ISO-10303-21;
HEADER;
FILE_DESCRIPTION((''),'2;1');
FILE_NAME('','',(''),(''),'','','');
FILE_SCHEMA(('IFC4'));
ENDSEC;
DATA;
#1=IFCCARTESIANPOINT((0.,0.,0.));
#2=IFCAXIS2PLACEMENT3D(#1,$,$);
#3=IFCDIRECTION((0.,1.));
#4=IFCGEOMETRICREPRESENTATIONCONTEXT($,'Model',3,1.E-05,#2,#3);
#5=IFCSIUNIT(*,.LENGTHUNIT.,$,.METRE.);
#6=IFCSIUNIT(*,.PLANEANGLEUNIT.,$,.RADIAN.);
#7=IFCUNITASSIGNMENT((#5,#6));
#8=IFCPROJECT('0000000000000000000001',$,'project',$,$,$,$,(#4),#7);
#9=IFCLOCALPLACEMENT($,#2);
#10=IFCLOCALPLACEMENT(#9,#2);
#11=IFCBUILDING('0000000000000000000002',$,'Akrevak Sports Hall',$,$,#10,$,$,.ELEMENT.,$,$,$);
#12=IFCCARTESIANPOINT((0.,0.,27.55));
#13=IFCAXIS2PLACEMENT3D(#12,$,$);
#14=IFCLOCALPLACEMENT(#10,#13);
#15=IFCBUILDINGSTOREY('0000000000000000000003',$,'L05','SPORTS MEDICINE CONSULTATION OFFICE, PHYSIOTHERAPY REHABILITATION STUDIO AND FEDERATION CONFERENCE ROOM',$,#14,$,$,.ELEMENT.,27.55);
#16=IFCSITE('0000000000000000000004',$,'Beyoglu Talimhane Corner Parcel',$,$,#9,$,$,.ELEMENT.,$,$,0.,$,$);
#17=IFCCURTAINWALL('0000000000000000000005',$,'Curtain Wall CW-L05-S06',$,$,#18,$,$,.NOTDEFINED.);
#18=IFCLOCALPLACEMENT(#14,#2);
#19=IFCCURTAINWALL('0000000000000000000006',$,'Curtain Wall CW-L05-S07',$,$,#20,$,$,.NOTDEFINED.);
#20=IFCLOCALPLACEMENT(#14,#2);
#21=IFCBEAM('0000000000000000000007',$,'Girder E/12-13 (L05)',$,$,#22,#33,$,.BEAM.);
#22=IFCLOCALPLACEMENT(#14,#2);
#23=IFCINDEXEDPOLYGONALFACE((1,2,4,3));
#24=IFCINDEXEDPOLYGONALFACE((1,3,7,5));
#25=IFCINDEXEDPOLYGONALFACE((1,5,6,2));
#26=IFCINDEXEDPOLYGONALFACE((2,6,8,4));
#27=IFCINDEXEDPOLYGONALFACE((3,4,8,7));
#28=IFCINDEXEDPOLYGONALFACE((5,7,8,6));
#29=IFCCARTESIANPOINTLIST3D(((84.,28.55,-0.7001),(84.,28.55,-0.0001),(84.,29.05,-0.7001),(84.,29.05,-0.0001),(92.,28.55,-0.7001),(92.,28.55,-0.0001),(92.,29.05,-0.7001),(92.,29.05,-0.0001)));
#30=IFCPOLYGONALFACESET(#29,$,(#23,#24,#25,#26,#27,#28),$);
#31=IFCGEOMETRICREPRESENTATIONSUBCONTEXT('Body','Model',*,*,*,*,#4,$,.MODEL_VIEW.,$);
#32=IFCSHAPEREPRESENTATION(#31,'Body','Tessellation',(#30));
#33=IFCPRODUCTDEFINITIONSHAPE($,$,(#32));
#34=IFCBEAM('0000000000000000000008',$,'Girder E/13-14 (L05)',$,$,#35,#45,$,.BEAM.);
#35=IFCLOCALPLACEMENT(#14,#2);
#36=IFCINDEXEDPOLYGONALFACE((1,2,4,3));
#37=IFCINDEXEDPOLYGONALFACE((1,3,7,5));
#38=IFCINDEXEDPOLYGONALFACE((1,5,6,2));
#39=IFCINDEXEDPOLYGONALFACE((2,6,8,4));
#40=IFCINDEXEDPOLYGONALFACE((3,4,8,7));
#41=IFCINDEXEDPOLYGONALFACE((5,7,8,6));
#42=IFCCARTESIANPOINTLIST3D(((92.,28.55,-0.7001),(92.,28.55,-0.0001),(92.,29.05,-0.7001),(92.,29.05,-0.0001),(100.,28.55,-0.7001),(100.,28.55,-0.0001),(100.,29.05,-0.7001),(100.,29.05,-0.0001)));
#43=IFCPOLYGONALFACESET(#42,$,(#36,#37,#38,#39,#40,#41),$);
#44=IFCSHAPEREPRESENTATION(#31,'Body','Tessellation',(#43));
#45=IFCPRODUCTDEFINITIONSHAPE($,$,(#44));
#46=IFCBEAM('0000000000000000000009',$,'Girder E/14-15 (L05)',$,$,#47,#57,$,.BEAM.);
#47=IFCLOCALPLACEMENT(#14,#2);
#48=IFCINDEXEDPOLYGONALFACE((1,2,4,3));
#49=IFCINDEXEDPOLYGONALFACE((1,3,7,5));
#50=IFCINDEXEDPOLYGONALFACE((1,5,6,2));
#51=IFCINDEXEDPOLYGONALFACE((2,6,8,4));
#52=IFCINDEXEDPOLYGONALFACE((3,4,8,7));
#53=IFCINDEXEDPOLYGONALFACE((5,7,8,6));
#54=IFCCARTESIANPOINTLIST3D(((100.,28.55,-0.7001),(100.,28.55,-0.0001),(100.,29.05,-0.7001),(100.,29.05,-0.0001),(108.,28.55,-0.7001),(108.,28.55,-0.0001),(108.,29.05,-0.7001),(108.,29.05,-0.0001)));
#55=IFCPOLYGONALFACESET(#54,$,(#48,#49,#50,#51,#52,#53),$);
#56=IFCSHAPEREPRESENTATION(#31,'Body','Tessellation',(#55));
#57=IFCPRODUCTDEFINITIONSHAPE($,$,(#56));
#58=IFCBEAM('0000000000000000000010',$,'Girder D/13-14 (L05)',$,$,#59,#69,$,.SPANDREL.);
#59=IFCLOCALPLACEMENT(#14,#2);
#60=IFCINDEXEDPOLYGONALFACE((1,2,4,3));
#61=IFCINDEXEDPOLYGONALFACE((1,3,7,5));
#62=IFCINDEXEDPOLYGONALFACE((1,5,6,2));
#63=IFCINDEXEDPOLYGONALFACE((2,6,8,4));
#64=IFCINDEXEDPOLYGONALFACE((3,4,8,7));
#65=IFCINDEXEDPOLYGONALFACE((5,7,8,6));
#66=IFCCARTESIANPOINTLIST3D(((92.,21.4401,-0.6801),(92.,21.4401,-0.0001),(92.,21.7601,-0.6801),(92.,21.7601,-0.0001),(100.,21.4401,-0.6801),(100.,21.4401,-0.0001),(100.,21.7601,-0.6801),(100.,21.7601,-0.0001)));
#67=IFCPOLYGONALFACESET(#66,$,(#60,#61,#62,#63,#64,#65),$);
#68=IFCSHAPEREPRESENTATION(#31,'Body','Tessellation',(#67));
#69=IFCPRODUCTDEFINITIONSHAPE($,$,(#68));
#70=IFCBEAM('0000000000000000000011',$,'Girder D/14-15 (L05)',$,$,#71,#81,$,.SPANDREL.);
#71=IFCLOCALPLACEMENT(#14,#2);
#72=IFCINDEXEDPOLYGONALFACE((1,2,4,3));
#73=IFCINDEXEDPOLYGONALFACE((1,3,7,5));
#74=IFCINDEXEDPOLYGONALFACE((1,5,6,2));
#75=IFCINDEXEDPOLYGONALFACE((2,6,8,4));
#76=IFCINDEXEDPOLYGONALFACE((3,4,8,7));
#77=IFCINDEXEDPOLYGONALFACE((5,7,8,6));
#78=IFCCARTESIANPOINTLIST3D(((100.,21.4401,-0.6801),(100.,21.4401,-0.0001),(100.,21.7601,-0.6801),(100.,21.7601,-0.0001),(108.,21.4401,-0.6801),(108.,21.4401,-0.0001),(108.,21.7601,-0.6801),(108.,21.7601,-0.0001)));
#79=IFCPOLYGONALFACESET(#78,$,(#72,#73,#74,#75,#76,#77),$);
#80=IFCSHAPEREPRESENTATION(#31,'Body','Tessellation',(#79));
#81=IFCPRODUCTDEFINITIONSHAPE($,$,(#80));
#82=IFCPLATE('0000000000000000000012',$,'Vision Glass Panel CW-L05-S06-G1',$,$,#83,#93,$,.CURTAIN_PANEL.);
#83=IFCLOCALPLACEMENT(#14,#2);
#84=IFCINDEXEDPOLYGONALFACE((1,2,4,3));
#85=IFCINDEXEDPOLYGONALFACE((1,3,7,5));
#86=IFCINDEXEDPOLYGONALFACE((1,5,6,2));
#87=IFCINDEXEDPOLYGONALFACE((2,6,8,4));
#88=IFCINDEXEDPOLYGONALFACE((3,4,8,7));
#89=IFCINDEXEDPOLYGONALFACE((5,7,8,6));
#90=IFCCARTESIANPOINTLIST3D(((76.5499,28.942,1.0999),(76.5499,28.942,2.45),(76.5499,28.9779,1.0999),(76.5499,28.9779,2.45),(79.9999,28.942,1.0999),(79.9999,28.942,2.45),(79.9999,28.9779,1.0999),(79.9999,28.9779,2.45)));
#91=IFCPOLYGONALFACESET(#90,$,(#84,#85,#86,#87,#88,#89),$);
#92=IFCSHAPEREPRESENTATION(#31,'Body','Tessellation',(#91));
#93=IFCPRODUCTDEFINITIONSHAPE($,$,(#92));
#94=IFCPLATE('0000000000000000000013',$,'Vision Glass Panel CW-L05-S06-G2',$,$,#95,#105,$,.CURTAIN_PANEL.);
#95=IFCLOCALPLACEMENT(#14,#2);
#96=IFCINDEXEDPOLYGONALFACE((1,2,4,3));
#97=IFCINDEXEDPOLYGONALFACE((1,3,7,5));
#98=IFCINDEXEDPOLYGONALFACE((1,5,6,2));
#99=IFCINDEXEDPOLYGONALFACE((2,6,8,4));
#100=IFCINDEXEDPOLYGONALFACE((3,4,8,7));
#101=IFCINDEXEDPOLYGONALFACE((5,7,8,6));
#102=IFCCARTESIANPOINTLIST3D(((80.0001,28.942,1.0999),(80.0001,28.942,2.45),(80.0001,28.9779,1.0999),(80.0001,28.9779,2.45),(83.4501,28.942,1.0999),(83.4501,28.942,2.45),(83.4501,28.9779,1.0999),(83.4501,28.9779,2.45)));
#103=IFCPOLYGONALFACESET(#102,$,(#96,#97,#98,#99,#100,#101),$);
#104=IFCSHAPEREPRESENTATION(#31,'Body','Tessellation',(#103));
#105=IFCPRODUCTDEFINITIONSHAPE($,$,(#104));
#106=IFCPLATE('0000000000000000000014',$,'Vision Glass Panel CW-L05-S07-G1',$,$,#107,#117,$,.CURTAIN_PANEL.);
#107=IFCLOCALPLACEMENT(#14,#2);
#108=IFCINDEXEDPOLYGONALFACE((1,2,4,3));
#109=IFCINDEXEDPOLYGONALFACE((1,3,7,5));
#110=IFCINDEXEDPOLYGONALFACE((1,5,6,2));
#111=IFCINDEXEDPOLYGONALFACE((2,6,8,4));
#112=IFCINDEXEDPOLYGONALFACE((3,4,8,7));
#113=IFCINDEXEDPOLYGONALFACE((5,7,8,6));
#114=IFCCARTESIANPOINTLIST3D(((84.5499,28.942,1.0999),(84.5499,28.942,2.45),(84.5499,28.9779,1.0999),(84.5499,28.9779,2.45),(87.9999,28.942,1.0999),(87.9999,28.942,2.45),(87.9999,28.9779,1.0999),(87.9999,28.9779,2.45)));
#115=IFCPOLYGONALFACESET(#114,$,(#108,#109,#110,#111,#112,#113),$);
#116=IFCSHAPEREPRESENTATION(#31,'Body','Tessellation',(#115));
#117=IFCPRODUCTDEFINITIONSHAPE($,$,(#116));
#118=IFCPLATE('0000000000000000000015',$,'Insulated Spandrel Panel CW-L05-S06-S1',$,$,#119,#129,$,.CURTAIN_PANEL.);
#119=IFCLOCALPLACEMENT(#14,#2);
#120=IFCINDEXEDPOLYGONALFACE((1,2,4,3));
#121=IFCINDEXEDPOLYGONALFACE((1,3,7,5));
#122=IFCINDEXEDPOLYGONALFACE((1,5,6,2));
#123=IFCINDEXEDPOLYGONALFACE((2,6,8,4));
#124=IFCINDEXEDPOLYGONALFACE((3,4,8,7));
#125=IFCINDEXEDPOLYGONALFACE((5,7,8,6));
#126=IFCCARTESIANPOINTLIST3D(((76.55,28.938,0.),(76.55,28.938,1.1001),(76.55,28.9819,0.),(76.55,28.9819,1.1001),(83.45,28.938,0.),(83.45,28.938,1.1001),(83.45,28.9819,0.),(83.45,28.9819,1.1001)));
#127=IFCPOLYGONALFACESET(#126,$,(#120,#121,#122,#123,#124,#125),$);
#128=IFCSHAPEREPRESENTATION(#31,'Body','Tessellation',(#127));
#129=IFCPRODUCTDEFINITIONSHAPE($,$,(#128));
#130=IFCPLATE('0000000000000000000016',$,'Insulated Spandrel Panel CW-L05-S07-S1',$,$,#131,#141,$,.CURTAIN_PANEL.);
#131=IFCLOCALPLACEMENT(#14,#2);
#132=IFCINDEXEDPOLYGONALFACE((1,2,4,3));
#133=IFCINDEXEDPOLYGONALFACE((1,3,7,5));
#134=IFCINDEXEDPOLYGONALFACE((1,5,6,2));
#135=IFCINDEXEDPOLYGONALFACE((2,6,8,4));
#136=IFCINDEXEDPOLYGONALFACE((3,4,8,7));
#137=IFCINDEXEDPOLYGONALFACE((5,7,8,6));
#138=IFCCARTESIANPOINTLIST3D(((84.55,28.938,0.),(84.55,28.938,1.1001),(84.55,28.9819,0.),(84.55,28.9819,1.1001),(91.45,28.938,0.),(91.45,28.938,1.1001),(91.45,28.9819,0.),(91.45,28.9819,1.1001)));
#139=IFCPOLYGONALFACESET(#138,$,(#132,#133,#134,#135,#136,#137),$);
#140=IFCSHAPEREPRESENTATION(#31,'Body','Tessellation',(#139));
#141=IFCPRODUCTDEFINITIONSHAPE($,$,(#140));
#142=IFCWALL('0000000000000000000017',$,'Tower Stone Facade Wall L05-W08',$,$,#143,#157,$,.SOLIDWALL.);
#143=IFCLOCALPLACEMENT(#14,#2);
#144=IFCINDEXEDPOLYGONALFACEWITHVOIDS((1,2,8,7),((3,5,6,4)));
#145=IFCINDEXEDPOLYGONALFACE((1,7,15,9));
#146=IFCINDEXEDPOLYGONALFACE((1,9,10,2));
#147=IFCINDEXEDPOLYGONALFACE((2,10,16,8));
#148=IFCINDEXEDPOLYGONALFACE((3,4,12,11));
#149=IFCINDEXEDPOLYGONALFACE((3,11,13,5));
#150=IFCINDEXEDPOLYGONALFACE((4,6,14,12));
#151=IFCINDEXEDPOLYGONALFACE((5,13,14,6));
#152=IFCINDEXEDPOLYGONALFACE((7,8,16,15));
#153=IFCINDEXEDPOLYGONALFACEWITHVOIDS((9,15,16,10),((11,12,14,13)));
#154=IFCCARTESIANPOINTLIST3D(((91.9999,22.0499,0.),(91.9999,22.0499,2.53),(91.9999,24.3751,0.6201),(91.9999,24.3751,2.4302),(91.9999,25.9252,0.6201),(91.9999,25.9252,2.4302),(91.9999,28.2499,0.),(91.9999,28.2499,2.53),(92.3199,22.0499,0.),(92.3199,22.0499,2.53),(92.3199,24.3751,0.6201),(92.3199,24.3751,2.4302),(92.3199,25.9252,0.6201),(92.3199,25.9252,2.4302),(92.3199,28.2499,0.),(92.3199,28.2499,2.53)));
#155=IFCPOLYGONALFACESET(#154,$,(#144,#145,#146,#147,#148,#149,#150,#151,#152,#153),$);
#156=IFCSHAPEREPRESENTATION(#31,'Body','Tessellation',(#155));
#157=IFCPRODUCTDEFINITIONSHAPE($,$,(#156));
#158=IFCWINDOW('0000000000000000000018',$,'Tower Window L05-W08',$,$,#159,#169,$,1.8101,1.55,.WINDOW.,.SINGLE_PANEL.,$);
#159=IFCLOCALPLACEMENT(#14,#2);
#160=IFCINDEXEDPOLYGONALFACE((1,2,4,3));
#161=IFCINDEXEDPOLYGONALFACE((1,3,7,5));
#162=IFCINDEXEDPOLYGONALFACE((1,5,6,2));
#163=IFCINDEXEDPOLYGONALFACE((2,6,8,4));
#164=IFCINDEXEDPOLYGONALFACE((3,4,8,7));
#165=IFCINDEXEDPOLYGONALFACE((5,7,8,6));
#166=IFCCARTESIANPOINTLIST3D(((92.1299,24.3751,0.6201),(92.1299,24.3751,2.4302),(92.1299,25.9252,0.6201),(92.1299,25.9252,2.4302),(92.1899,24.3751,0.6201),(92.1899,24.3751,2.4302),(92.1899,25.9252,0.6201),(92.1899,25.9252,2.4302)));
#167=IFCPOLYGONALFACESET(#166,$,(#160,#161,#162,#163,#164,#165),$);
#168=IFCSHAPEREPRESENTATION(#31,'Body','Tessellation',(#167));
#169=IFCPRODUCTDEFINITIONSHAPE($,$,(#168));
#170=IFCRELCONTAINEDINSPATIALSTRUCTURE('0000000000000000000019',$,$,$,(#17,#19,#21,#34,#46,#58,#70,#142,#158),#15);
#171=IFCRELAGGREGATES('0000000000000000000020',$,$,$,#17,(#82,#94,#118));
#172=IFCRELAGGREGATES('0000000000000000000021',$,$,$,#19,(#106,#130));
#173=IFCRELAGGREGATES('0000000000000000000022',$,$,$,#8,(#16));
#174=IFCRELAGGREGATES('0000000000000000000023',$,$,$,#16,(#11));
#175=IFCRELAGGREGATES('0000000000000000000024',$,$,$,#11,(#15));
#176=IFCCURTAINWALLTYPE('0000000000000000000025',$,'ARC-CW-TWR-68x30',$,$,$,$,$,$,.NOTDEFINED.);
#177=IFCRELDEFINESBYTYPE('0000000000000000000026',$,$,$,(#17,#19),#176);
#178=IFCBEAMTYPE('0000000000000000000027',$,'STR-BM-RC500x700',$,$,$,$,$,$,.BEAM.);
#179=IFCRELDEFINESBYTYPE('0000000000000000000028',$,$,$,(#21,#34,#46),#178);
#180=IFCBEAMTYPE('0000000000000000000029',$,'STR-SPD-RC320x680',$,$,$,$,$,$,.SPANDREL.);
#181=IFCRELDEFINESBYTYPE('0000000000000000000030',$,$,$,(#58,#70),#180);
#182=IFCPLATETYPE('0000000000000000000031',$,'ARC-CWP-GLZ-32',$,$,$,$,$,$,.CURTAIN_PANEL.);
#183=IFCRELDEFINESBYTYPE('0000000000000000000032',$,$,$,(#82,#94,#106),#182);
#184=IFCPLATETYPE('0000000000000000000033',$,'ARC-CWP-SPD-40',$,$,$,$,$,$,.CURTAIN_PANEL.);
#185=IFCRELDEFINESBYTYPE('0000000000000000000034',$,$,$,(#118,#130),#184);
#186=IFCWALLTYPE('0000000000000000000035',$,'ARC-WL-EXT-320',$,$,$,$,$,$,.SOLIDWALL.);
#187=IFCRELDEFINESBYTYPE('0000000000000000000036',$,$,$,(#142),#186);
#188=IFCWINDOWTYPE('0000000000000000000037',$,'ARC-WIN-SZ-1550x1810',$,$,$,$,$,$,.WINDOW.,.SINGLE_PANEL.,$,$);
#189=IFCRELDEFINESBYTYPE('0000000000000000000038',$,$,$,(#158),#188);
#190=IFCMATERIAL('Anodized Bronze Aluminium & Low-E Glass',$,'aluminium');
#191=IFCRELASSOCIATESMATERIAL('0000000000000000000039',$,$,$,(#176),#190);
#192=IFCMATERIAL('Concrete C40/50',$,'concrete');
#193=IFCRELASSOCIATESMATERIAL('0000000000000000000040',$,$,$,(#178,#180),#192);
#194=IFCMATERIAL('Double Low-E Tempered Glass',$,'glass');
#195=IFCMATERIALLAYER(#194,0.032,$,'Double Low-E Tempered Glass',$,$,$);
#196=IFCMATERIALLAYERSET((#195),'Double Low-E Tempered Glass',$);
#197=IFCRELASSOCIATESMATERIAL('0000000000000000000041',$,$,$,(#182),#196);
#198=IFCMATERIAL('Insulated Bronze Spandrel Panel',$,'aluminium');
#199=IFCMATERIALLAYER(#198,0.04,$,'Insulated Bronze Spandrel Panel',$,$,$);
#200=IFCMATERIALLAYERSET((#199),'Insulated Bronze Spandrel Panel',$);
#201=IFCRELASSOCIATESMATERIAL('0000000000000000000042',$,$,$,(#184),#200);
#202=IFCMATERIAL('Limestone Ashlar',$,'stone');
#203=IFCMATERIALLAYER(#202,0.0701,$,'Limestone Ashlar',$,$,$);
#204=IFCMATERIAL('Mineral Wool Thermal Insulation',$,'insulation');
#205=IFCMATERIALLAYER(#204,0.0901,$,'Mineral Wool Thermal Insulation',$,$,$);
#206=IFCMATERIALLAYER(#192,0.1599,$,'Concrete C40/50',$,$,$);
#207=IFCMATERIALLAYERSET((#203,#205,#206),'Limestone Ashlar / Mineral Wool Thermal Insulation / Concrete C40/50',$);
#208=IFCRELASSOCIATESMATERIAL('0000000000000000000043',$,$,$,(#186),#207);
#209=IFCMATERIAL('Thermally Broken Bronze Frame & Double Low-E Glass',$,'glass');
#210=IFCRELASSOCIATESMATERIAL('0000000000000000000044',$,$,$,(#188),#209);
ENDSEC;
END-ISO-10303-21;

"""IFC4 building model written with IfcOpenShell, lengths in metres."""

from ifc_helpers import new_model, si_unit, direction, frame, frame_2d, origin, origin_2d, place, context, subcontext, project, spatial, rectangle, extrude, material, layer, layer_set, material_profile, profile_set, type_object, element, fill, aggregate, save


model = new_model("IFC4")

# Units and contexts
model_context = context("Model", 3, precision=1e-05, world=origin(), true_north=direction((0.0, 1.0)))
body_context = subcontext(model_context, "Body", "Model", "MODEL_VIEW")
ifc_project = project(units=[si_unit("LENGTHUNIT", "METRE"), si_unit("PLANEANGLEUNIT", "RADIAN")], contexts=[model_context])

# Site, building, storey
site_placement = place(None, origin())
site = spatial("IfcSite", under=ifc_project, at=site_placement, Name="Beyoglu Talimhane Corner Parcel", CompositionType="ELEMENT", RefElevation=0.0)
building_placement = place(site_placement, origin())
building = spatial("IfcBuilding", under=site, at=building_placement, Name="Akrevak Sports Hall", CompositionType="ELEMENT")
storey_placement = place(building_placement, frame((0.0, 0.0, 27.55)))
storey = spatial("IfcBuildingStorey", under=building, at=storey_placement, Name="L05", Description="SPORTS MEDICINE CONSULTATION OFFICE, PHYSIOTHERAPY REHABILITATION STUDIO AND FEDERATION CONFERENCE ROOM", CompositionType="ELEMENT", Elevation=27.55)

# Shared definitions
ifc_material_1 = material(Name="Concrete C40/50", Category="concrete")

# Curtain walls
ifc_material_2 = material(Name="Anodized Bronze Aluminium & Low-E Glass", Category="aluminium")
curtain_wall_type = type_object("IfcCurtainWallType", Name="ARC-CW-TWR-68x30", PredefinedType="NOTDEFINED", material=ifc_material_2)
curtain_wall_1_placement = place(storey_placement, origin())
curtain_wall_1 = element("IfcCurtainWall", 1, at=curtain_wall_1_placement, inside=storey, type_object=curtain_wall_type, Name="Curtain Wall CW-L05-S06", PredefinedType="NOTDEFINED")
curtain_wall_2_placement = place(storey_placement, origin())
curtain_wall_2 = element("IfcCurtainWall", 2, at=curtain_wall_2_placement, inside=storey, type_object=curtain_wall_type, Name="Curtain Wall CW-L05-S07", PredefinedType="NOTDEFINED")

# Beams
ifc_material_profile_1 = material_profile(ifc_material_1, rectangle(XDim=0.5, YDim=0.7, at=origin_2d()), Name="BM 500x700", Category="concrete")
ifc_profile_set_1 = profile_set([ifc_material_profile_1], Name="Concrete C40/50")
beam_type_1 = type_object("IfcBeamType", Name="STR-BM-RC500x700", PredefinedType="BEAM", material=ifc_profile_set_1)
for number, where, z_axis, x_axis, name in (
    (3, (84.0, 28.8, -0.3501), (1.0, 0.0, 0.0), (0.0, 1.0, 0.0), "Girder E/12-13 (L05)"),
    (4, (92.0, 28.8, -0.3501), (1.0, 0.0, 0.0), (0.0, 1.0, 0.0), "Girder E/13-14 (L05)"),
    (5, (100.0, 28.8, -0.3501), (1.0, 0.0, 0.0), (0.0, 1.0, 0.0), "Girder E/14-15 (L05)"),
):
    element("IfcBeam", number, at=place(storey_placement, frame(where, z_axis=z_axis, x_axis=x_axis)), inside=storey, type_object=beam_type_1, Name=name, PredefinedType="BEAM", context=body_context, shape_type="SweptSolid", body=[
        extrude(rectangle(XDim=0.5, YDim=0.7, at=origin_2d()), origin(), (0.0, 0.0, 1.0), 8.0),
    ])
ifc_material_profile_2 = material_profile(ifc_material_1, rectangle(XDim=0.3201, YDim=0.6799, at=origin_2d()), Name="SPD 320x680", Category="concrete")
ifc_profile_set_2 = profile_set([ifc_material_profile_2], Name="Concrete C40/50")
beam_type_2 = type_object("IfcBeamType", Name="STR-SPD-RC320x680", PredefinedType="SPANDREL", material=ifc_profile_set_2)
for number, where, z_axis, x_axis, name in (
    (6, (92.0, 21.6001, -0.3401), (1.0, 0.0, 0.0), (0.0, 1.0, 0.0), "Girder D/13-14 (L05)"),
    (7, (100.0, 21.6001, -0.3401), (1.0, 0.0, 0.0), (0.0, 1.0, 0.0), "Girder D/14-15 (L05)"),
):
    element("IfcBeam", number, at=place(storey_placement, frame(where, z_axis=z_axis, x_axis=x_axis)), inside=storey, type_object=beam_type_2, Name=name, PredefinedType="SPANDREL", context=body_context, shape_type="SweptSolid", body=[
        extrude(rectangle(XDim=0.3201, YDim=0.6799, at=origin_2d()), origin(), (0.0, 0.0, 1.0), 8.0),
    ])

# Plates
ifc_material_3 = material(Name="Double Low-E Tempered Glass", Category="glass")
ifc_layer_1 = layer(ifc_material_3, 0.032, Name="Double Low-E Tempered Glass")
ifc_layer_set_1 = layer_set([ifc_layer_1], Name="Double Low-E Tempered Glass")
plate_type_1 = type_object("IfcPlateType", Name="ARC-CWP-GLZ-32", PredefinedType="CURTAIN_PANEL", material=ifc_layer_set_1)
plate_1_placement = place(storey_placement, frame((78.2749, 28.96, 1.0999), z_axis=(0.0, 0.0, 1.0), x_axis=(1.0, 0.0, 0.0)))
plate_1 = element("IfcPlate", 8, at=plate_1_placement, type_object=plate_type_1, Name="Vision Glass Panel CW-L05-S06-G1", PredefinedType="CURTAIN_PANEL", context=body_context, shape_type="SweptSolid", body=[
    extrude(rectangle(XDim=3.45, YDim=0.0359, at=origin_2d()), origin(), (0.0, 0.0, 1.0), 1.3501),
])
plate_2_placement = place(storey_placement, frame((81.7251, 28.96, 1.0999), z_axis=(0.0, 0.0, 1.0), x_axis=(1.0, 0.0, 0.0)))
plate_2 = element("IfcPlate", 9, at=plate_2_placement, type_object=plate_type_1, Name="Vision Glass Panel CW-L05-S06-G2", PredefinedType="CURTAIN_PANEL", context=body_context, shape_type="SweptSolid", body=[
    extrude(rectangle(XDim=3.45, YDim=0.0359, at=origin_2d()), origin(), (0.0, 0.0, 1.0), 1.3501),
])
plate_3_placement = place(storey_placement, frame((86.2749, 28.96, 1.0999), z_axis=(0.0, 0.0, 1.0), x_axis=(1.0, 0.0, 0.0)))
plate_3 = element("IfcPlate", 10, at=plate_3_placement, type_object=plate_type_1, Name="Vision Glass Panel CW-L05-S07-G1", PredefinedType="CURTAIN_PANEL", context=body_context, shape_type="SweptSolid", body=[
    extrude(rectangle(XDim=3.45, YDim=0.0359, at=origin_2d()), origin(), (0.0, 0.0, 1.0), 1.3501),
])
ifc_material_4 = material(Name="Insulated Bronze Spandrel Panel", Category="aluminium")
ifc_layer_2 = layer(ifc_material_4, 0.04, Name="Insulated Bronze Spandrel Panel")
ifc_layer_set_2 = layer_set([ifc_layer_2], Name="Insulated Bronze Spandrel Panel")
plate_type_2 = type_object("IfcPlateType", Name="ARC-CWP-SPD-40", PredefinedType="CURTAIN_PANEL", material=ifc_layer_set_2)
plate_4_placement = place(storey_placement, frame((80.0, 28.96, 0.0), z_axis=(0.0, 0.0, 1.0), x_axis=(1.0, 0.0, 0.0)))
plate_4 = element("IfcPlate", 11, at=plate_4_placement, type_object=plate_type_2, Name="Insulated Spandrel Panel CW-L05-S06-S1", PredefinedType="CURTAIN_PANEL", context=body_context, shape_type="SweptSolid", body=[
    extrude(rectangle(XDim=6.8999, YDim=0.0439, at=origin_2d()), origin(), (0.0, 0.0, 1.0), 1.1001),
])
aggregate(curtain_wall_1, [plate_1, plate_2, plate_4])
plate_5_placement = place(storey_placement, frame((88.0, 28.96, 0.0), z_axis=(0.0, 0.0, 1.0), x_axis=(1.0, 0.0, 0.0)))
plate_5 = element("IfcPlate", 12, at=plate_5_placement, type_object=plate_type_2, Name="Insulated Spandrel Panel CW-L05-S07-S1", PredefinedType="CURTAIN_PANEL", context=body_context, shape_type="SweptSolid", body=[
    extrude(rectangle(XDim=6.8999, YDim=0.0439, at=origin_2d()), origin(), (0.0, 0.0, 1.0), 1.1001),
])
aggregate(curtain_wall_2, [plate_3, plate_5])

# Wall, opening, window
ifc_material_5 = material(Name="Limestone Ashlar", Category="stone")
ifc_layer_3 = layer(ifc_material_5, 0.0701, Name="Limestone Ashlar")
ifc_material_6 = material(Name="Mineral Wool Thermal Insulation", Category="insulation")
ifc_layer_4 = layer(ifc_material_6, 0.0901, Name="Mineral Wool Thermal Insulation")
ifc_layer_5 = layer(ifc_material_1, 0.1599, Name="Concrete C40/50")
ifc_layer_set_3 = layer_set([ifc_layer_3, ifc_layer_4, ifc_layer_5], Name="Limestone Ashlar / Mineral Wool Thermal Insulation / Concrete C40/50")
wall_type = type_object("IfcWallType", Name="ARC-WL-EXT-320", PredefinedType="SOLIDWALL", material=ifc_layer_set_3)
wall_1_placement = place(storey_placement, frame((92.1599, 28.25, 0.0), z_axis=(0.0, 0.0, 1.0), x_axis=(0.0, -1.0, 0.0)))
wall_1 = element("IfcWall", 13, at=wall_1_placement, inside=storey, type_object=wall_type, Name="Tower Stone Facade Wall L05-W08", PredefinedType="SOLIDWALL", context=body_context, shape_type="SweptSolid", body=[
    extrude(rectangle(XDim=6.2, YDim=0.3201, at=frame_2d((3.1001, 0.0))), origin(), (0.0, 0.0, 1.0), 2.53),
])
opening_1_placement = place(wall_1_placement, frame((2.325, 0.0, 0.6201)))
opening_1 = element("IfcOpeningElement", 14, at=opening_1_placement, cuts=wall_1, PredefinedType="OPENING", context=body_context, shape_type="SweptSolid", body=[
    extrude(rectangle(XDim=1.55, YDim=1.8101, at=frame_2d((0.7749, 0.905))), frame((0.0, 0.1719, 0.0), z_axis=(0.0, -1.0, 0.0), x_axis=(1.0, 0.0, 0.0)), (0.0, 0.0, 1.0), 0.344),
])
ifc_material_7 = material(Name="Thermally Broken Bronze Frame & Double Low-E Glass", Category="glass")
window_type_1 = type_object("IfcWindowType", Name="ARC-WIN-SZ-1550x1810", PartitioningType="SINGLE_PANEL", PredefinedType="WINDOW", material=ifc_material_7)
window_1_placement = place(opening_1_placement, origin())
window_1 = element("IfcWindow", 15, at=window_1_placement, inside=storey, type_object=window_type_1, Name="Tower Window L05-W08", OverallHeight=1.8101, OverallWidth=1.55, PartitioningType="SINGLE_PANEL", PredefinedType="WINDOW", context=body_context, shape_type="SweptSolid", body=[
    extrude(rectangle(XDim=1.55, YDim=1.8101, at=frame_2d((0.7749, 0.905))), frame((0.0, 0.03, 0.0), z_axis=(0.0, -1.0, 0.0), x_axis=(1.0, 0.0, 0.0)), (0.0, 0.0, 1.0), 0.0601),
])
fill(opening_1, window_1)

save(model, "model.ifc")
